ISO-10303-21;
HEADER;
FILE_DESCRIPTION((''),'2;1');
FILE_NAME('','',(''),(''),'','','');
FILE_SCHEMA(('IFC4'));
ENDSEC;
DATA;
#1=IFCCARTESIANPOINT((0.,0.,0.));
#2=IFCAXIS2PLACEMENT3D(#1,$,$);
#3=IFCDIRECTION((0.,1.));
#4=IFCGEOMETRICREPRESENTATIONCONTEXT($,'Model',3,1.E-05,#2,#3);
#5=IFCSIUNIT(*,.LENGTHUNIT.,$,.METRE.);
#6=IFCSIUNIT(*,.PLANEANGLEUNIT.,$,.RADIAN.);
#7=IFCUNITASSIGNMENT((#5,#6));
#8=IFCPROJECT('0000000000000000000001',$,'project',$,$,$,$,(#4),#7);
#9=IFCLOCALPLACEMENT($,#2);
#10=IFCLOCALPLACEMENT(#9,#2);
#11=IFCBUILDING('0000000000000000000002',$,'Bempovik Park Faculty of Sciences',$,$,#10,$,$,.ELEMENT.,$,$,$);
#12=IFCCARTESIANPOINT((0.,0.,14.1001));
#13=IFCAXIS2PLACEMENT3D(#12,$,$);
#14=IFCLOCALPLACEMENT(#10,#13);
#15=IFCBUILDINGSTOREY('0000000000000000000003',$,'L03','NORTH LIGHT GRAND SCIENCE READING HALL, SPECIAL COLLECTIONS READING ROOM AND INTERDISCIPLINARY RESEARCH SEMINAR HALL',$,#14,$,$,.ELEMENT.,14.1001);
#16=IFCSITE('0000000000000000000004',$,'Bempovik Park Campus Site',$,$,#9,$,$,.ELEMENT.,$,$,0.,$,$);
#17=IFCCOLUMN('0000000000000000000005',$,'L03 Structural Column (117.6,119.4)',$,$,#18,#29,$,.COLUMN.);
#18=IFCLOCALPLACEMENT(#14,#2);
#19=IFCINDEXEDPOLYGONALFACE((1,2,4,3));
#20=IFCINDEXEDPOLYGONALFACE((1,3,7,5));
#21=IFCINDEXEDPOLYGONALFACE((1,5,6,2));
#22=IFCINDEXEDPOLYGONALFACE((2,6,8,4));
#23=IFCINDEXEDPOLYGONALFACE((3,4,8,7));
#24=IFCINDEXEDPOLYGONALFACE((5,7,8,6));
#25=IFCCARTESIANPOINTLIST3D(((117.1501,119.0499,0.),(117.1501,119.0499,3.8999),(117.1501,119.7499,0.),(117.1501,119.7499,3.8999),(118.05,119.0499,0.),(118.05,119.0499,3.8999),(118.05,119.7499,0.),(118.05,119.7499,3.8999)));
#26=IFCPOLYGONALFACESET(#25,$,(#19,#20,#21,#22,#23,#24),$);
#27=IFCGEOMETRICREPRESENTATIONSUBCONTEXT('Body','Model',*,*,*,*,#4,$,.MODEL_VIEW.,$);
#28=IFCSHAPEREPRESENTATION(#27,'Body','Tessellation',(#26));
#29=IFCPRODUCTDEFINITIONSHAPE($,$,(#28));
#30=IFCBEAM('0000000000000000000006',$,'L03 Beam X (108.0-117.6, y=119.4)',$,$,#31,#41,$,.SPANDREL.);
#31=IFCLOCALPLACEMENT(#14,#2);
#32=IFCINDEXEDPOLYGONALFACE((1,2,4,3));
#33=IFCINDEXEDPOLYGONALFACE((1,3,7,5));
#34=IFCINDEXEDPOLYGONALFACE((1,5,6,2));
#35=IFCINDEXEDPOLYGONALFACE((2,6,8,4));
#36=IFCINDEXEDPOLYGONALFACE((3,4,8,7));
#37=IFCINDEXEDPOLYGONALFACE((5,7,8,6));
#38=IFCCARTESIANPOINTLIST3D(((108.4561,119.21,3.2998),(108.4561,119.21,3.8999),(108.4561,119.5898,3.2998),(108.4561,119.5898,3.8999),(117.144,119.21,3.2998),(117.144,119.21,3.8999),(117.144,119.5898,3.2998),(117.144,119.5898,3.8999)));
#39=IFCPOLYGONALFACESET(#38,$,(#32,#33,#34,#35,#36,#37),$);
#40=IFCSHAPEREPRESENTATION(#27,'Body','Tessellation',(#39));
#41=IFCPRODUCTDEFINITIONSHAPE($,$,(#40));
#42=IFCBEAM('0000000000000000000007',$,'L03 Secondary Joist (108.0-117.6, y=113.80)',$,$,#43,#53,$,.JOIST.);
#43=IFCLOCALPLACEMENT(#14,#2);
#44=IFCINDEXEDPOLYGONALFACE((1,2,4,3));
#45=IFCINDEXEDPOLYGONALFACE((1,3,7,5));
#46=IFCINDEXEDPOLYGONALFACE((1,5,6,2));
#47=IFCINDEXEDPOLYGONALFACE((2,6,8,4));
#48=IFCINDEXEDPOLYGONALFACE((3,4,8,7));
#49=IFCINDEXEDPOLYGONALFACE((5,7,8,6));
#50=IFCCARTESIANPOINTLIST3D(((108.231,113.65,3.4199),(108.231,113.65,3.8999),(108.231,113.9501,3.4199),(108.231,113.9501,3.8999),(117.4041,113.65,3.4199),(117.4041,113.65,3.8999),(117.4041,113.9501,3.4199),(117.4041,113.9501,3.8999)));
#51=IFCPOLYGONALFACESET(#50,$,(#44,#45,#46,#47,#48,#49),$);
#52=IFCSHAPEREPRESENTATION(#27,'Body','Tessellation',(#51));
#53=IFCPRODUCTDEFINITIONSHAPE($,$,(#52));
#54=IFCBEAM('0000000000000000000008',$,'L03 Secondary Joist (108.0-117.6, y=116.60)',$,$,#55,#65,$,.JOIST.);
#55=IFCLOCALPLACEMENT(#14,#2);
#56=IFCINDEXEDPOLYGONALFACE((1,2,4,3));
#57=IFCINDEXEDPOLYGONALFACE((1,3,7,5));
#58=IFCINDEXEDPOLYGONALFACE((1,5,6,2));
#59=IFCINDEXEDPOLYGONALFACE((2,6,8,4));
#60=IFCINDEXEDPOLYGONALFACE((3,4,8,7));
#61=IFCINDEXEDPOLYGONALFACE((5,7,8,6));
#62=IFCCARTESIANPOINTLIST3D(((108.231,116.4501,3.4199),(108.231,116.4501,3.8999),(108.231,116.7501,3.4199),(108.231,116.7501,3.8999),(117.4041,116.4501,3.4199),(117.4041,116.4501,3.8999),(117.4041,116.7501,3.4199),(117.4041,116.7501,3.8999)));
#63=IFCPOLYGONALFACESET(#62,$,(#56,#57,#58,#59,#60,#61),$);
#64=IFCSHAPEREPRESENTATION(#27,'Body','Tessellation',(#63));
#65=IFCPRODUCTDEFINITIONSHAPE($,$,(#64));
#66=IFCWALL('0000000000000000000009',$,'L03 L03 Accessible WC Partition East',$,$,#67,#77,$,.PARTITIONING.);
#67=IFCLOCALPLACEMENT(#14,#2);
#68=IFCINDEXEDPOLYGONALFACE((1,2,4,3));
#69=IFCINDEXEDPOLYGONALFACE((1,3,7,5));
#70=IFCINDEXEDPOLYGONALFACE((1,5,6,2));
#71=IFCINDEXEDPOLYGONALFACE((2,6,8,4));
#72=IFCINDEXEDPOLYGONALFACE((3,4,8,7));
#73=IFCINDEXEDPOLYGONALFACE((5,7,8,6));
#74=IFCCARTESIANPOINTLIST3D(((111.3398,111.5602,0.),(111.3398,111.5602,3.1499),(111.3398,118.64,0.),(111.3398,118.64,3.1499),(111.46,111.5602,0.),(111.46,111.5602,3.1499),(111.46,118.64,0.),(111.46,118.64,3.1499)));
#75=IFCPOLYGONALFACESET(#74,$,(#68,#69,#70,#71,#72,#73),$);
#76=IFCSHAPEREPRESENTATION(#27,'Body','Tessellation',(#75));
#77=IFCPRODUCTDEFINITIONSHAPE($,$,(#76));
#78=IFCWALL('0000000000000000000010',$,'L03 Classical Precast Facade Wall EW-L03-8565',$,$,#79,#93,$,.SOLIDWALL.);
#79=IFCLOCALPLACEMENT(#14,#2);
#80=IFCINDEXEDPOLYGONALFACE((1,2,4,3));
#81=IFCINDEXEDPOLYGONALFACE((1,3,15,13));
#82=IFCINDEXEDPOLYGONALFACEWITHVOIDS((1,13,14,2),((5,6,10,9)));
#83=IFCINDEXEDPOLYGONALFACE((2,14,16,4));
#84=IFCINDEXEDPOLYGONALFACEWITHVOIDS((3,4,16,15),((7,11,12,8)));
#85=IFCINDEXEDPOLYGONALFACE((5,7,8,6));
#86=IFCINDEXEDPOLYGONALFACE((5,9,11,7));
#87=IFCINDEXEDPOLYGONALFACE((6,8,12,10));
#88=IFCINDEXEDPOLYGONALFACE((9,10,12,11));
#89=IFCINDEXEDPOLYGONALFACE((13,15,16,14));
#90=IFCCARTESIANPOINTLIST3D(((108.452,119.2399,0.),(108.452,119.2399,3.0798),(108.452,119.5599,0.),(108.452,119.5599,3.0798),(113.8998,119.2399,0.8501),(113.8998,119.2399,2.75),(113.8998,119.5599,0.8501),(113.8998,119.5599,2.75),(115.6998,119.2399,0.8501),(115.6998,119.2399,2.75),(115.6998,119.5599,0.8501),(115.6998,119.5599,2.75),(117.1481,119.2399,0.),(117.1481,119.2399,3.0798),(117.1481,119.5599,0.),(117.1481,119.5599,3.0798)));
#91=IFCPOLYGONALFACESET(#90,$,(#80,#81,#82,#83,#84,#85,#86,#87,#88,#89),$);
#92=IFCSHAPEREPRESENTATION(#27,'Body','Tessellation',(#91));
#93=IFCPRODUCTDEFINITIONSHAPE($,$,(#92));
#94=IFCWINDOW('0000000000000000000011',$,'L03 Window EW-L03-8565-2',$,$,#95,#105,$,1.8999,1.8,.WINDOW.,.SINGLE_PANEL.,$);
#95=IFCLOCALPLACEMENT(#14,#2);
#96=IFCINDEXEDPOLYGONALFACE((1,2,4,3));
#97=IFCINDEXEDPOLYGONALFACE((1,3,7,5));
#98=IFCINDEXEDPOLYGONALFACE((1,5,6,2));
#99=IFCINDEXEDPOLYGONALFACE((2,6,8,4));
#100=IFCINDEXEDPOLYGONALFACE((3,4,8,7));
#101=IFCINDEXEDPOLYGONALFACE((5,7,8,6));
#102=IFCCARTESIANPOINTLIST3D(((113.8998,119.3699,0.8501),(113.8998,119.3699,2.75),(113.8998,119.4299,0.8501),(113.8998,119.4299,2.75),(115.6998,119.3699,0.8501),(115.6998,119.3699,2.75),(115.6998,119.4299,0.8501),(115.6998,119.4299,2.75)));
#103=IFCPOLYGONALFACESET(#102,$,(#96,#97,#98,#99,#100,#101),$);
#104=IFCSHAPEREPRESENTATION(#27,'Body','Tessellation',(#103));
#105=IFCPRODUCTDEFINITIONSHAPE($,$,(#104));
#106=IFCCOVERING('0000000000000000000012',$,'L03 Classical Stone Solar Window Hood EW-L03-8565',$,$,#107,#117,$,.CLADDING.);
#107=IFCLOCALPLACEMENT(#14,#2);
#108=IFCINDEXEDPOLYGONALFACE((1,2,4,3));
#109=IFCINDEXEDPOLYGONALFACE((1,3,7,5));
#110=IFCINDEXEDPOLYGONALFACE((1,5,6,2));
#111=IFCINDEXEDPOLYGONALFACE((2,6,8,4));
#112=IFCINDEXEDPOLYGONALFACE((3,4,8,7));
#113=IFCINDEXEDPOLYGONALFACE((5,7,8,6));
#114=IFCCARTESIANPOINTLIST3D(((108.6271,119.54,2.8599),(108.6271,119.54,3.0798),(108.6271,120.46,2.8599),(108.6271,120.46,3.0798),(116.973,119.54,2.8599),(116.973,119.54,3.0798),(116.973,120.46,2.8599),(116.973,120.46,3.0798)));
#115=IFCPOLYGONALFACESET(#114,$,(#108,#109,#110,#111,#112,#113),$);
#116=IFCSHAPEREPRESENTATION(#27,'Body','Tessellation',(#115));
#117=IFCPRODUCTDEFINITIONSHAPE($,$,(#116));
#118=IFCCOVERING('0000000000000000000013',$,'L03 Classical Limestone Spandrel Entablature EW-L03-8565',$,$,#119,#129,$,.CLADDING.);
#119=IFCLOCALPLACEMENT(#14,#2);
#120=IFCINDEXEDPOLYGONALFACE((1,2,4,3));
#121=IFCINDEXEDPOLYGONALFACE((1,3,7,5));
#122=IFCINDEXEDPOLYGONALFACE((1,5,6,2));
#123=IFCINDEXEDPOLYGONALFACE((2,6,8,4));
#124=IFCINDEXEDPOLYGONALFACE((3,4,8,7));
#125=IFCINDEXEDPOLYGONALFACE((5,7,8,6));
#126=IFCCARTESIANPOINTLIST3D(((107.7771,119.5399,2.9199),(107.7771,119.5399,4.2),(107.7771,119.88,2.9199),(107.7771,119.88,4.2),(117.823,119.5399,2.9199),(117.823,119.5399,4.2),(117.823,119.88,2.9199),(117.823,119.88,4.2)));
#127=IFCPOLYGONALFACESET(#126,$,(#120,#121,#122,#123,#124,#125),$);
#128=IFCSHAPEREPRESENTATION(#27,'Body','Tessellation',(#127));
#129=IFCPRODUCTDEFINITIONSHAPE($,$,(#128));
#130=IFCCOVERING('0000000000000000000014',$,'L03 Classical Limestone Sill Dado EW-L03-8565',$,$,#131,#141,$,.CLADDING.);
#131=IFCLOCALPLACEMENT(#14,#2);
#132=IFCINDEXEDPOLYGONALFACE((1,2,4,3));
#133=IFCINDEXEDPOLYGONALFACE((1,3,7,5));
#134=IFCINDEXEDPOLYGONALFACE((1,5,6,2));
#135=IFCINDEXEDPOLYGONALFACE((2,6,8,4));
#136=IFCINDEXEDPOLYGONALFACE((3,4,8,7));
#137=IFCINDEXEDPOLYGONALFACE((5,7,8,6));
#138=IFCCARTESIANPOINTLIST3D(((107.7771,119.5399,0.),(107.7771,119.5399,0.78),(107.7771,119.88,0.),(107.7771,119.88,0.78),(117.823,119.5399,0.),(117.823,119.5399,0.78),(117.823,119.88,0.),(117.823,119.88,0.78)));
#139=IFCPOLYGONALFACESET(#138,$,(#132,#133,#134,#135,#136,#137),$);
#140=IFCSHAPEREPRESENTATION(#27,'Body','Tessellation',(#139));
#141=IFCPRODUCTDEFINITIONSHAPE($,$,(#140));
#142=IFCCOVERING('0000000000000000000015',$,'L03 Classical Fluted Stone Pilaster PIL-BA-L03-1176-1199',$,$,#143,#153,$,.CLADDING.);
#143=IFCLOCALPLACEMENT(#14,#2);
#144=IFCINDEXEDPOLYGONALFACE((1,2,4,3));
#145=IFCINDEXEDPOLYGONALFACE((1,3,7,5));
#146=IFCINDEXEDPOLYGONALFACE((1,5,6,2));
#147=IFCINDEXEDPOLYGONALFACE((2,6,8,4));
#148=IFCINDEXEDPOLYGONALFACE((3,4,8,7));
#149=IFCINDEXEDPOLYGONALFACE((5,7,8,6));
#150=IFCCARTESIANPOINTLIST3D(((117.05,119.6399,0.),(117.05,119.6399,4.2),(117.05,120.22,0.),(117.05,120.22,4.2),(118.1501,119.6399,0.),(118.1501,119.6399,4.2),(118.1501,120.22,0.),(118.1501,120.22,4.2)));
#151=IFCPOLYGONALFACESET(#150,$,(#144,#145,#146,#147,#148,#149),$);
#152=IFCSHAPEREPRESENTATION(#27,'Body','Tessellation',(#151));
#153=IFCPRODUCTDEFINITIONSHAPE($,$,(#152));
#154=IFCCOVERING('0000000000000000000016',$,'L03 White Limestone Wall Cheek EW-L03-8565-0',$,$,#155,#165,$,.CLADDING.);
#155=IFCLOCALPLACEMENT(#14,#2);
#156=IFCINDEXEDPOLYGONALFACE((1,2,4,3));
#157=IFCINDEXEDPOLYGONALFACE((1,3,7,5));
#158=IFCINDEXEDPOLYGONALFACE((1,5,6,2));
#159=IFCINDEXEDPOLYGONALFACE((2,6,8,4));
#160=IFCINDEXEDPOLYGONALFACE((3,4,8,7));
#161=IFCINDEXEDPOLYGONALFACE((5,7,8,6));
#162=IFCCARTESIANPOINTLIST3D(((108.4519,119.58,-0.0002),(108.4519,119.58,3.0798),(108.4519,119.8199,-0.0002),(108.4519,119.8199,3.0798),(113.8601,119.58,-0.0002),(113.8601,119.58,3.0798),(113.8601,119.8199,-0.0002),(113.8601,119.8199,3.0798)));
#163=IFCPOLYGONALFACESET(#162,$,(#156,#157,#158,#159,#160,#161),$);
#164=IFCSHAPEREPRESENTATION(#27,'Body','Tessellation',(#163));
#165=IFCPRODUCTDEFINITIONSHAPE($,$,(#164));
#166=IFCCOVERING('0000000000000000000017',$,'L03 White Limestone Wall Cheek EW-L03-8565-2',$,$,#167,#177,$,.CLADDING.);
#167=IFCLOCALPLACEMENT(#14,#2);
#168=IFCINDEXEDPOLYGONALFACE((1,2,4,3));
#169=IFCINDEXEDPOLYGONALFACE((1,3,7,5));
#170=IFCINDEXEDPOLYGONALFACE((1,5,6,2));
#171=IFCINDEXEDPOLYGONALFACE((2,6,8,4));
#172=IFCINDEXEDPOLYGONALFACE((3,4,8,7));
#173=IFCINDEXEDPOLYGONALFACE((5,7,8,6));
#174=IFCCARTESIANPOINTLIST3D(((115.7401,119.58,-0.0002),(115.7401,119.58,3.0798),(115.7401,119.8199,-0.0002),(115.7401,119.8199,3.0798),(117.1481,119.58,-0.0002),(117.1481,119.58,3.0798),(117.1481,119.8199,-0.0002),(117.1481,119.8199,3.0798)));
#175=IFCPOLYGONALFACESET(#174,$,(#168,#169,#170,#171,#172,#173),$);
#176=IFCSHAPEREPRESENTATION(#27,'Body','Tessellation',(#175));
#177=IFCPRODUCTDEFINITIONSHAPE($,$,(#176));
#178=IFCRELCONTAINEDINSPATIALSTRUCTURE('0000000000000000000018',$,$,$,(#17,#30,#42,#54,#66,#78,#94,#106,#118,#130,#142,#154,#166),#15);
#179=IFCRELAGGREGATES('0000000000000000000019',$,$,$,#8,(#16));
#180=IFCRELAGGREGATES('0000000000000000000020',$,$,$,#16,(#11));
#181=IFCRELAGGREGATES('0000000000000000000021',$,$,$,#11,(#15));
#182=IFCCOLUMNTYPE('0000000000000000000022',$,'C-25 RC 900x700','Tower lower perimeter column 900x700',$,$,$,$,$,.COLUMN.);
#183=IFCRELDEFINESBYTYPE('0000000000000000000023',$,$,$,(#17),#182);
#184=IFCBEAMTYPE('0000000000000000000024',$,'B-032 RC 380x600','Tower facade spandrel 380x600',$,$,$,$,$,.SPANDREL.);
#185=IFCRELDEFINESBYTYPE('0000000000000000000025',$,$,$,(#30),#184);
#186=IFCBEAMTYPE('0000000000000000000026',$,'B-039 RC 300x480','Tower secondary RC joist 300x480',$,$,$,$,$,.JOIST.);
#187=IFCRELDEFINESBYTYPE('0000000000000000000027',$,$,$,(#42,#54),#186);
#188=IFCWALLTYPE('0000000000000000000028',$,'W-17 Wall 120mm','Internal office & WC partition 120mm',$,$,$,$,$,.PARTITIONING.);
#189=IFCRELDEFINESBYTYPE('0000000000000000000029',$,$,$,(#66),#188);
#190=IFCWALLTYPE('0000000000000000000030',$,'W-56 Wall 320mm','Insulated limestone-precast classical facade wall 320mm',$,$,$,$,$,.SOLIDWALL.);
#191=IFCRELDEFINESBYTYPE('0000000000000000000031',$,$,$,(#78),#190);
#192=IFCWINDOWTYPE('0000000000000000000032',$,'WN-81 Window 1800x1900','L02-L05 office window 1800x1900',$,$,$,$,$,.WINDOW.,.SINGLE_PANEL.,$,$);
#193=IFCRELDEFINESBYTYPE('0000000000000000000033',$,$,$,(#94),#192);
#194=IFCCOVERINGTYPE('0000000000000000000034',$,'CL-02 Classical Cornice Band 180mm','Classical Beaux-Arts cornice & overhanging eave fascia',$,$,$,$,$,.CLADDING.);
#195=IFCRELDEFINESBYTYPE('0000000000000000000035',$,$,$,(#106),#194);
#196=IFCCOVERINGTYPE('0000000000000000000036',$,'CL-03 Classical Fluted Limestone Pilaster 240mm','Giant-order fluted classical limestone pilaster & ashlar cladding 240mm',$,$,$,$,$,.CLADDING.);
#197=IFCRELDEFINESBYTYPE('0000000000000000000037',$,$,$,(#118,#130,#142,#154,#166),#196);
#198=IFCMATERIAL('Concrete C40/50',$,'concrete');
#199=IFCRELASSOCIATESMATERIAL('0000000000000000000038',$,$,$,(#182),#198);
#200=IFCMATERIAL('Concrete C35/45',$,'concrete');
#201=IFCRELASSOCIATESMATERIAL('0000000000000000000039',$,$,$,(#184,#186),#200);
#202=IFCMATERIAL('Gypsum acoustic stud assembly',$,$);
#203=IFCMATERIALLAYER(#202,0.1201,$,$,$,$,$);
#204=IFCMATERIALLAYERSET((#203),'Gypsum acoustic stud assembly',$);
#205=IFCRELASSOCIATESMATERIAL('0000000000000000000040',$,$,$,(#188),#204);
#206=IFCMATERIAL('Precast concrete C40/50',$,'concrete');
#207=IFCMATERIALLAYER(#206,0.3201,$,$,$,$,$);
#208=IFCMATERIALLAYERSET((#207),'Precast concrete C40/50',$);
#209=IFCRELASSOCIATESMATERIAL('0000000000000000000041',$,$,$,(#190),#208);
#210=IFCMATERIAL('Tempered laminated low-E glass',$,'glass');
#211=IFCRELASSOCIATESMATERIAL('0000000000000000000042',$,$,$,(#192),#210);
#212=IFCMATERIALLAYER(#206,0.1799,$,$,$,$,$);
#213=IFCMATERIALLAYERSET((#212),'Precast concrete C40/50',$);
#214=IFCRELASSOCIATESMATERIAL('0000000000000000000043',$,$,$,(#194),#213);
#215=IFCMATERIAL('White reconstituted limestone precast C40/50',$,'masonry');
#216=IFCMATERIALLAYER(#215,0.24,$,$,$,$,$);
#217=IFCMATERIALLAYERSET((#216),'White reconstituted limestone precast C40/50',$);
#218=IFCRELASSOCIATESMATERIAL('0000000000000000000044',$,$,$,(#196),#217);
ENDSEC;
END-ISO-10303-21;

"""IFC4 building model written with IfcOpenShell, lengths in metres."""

from ifc_helpers import new_model, si_unit, direction, frame, frame_2d, origin, origin_2d, place, context, subcontext, project, spatial, rectangle, extrude, material, layer, layer_set, material_profile, profile_set, type_object, element, fill, save


model = new_model("IFC4")

# Units and contexts
model_context = context("Model", 3, precision=1e-05, world=origin(), true_north=direction((0.0, 1.0)))
body_context = subcontext(model_context, "Body", "Model", "MODEL_VIEW")
ifc_project = project(units=[si_unit("LENGTHUNIT", "METRE"), si_unit("PLANEANGLEUNIT", "RADIAN")], contexts=[model_context])

# Site, building, storey
site_placement = place(None, origin())
site = spatial("IfcSite", under=ifc_project, at=site_placement, Name="Bempovik Park Campus Site", CompositionType="ELEMENT", RefElevation=0.0)
building_placement = place(site_placement, origin())
building = spatial("IfcBuilding", under=site, at=building_placement, Name="Bempovik Park Faculty of Sciences", CompositionType="ELEMENT")
storey_placement = place(building_placement, frame((0.0, 0.0, 14.1001)))
storey = spatial("IfcBuildingStorey", under=building, at=storey_placement, Name="L03", Description="NORTH LIGHT GRAND SCIENCE READING HALL, SPECIAL COLLECTIONS READING ROOM AND INTERDISCIPLINARY RESEARCH SEMINAR HALL", CompositionType="ELEMENT", Elevation=14.1001)

# Column
ifc_material_1 = material(Name="Concrete C40/50", Category="concrete")
ifc_material_profile_1 = material_profile(ifc_material_1, rectangle(XDim=0.8999, YDim=0.7, at=origin_2d()), Name="RC 900x700")
ifc_profile_set_1 = profile_set([ifc_material_profile_1], Name="Concrete C40/50")
column_type = type_object("IfcColumnType", Name="C-25 RC 900x700", Description="Tower lower perimeter column 900x700", PredefinedType="COLUMN", material=ifc_profile_set_1)
column_placement = place(storey_placement, frame((117.6001, 119.3999, 0.0), z_axis=(0.0, 0.0, 1.0), x_axis=(1.0, 0.0, 0.0)))
element("IfcColumn", 1, at=column_placement, inside=storey, type_object=column_type, Name="L03 Structural Column (117.6,119.4)", PredefinedType="COLUMN", context=body_context, shape_type="SweptSolid", body=[
    extrude(rectangle(XDim=0.8999, YDim=0.7, at=origin_2d()), origin(), (0.0, 0.0, 1.0), 3.8999),
])

# Beams
ifc_material_2 = material(Name="Concrete C35/45", Category="concrete")
ifc_material_profile_2 = material_profile(ifc_material_2, rectangle(XDim=0.3799, YDim=0.6001, at=origin_2d()), Name="RC 380x600")
ifc_profile_set_2 = profile_set([ifc_material_profile_2], Name="Concrete C35/45")
beam_type_1 = type_object("IfcBeamType", Name="B-032 RC 380x600", Description="Tower facade spandrel 380x600", PredefinedType="SPANDREL", material=ifc_profile_set_2)
beam_placement = place(storey_placement, frame((108.4561, 119.3999, 3.5999), z_axis=(1.0, 0.0, 0.0), x_axis=(0.0, 1.0, 0.0)))
element("IfcBeam", 2, at=beam_placement, inside=storey, type_object=beam_type_1, Name="L03 Beam X (108.0-117.6, y=119.4)", PredefinedType="SPANDREL", context=body_context, shape_type="SweptSolid", body=[
    extrude(rectangle(XDim=0.3799, YDim=0.6001, at=origin_2d()), origin(), (0.0, 0.0, 1.0), 8.688),
])
ifc_material_profile_3 = material_profile(ifc_material_2, rectangle(XDim=0.3, YDim=0.48, at=origin_2d()), Name="RC 300x480")
ifc_profile_set_3 = profile_set([ifc_material_profile_3], Name="Concrete C35/45")
beam_type_2 = type_object("IfcBeamType", Name="B-039 RC 300x480", Description="Tower secondary RC joist 300x480", PredefinedType="JOIST", material=ifc_profile_set_3)
for number, where, z_axis, x_axis, name in (
    (3, (108.231, 113.8, 3.6599), (1.0, 0.0, 0.0), (0.0, 1.0, 0.0), "L03 Secondary Joist (108.0-117.6, y=113.80)"),
    (4, (108.231, 116.6001, 3.6599), (1.0, 0.0, 0.0), (0.0, 1.0, 0.0), "L03 Secondary Joist (108.0-117.6, y=116.60)"),
):
    element("IfcBeam", number, at=place(storey_placement, frame(where, z_axis=z_axis, x_axis=x_axis)), inside=storey, type_object=beam_type_2, Name=name, PredefinedType="JOIST", context=body_context, shape_type="SweptSolid", body=[
        extrude(rectangle(XDim=0.3, YDim=0.48, at=origin_2d()), origin(), (0.0, 0.0, 1.0), 9.1731),
    ])

# Wall
ifc_material_3 = material(Name="Gypsum acoustic stud assembly")
ifc_layer_1 = layer(ifc_material_3, 0.1201)
ifc_layer_set_1 = layer_set([ifc_layer_1], Name="Gypsum acoustic stud assembly")
wall_type_1 = type_object("IfcWallType", Name="W-17 Wall 120mm", Description="Internal office & WC partition 120mm", PredefinedType="PARTITIONING", material=ifc_layer_set_1)
wall_1_placement = place(storey_placement, frame((111.3999, 111.5601, 0.0), z_axis=(0.0, 0.0, 1.0), x_axis=(0.0, 1.0, 0.0)))
element("IfcWall", 5, at=wall_1_placement, inside=storey, type_object=wall_type_1, Name="L03 L03 Accessible WC Partition East", PredefinedType="PARTITIONING", context=body_context, shape_type="SweptSolid", body=[
    extrude(rectangle(XDim=7.0798, YDim=0.1201, at=frame_2d((3.54, 0.0))), origin(), (0.0, 0.0, 1.0), 3.1499),
])

# Wall, opening, window
ifc_material_4 = material(Name="Precast concrete C40/50", Category="concrete")
ifc_layer_2 = layer(ifc_material_4, 0.3201)
ifc_layer_set_2 = layer_set([ifc_layer_2], Name="Precast concrete C40/50")
wall_type_2 = type_object("IfcWallType", Name="W-56 Wall 320mm", Description="Insulated limestone-precast classical facade wall 320mm", PredefinedType="SOLIDWALL", material=ifc_layer_set_2)
wall_2_placement = place(storey_placement, frame((108.4519, 119.3999, 0.0), z_axis=(0.0, 0.0, 1.0), x_axis=(1.0, 0.0, 0.0)))
wall_2 = element("IfcWall", 6, at=wall_2_placement, inside=storey, type_object=wall_type_2, Name="L03 Classical Precast Facade Wall EW-L03-8565", PredefinedType="SOLIDWALL", context=body_context, shape_type="SweptSolid", body=[
    extrude(rectangle(XDim=8.696, YDim=0.3201, at=frame_2d((4.3481, 0.0))), origin(), (0.0, 0.0, 1.0), 3.0798),
])
opening_placement = place(wall_2_placement, frame((5.448, 0.0, 0.8501)))
opening = element("IfcOpeningElement", 7, at=opening_placement, cuts=wall_2, PredefinedType="OPENING", context=body_context, shape_type="SweptSolid", body=[
    extrude(rectangle(XDim=1.8, YDim=1.8999, at=frame_2d((0.8999, 0.95))), frame((0.0, 0.1699, 0.0), z_axis=(0.0, -1.0, 0.0), x_axis=(1.0, 0.0, 0.0)), (0.0, 0.0, 1.0), 0.3401),
])
ifc_material_5 = material(Name="Tempered laminated low-E glass", Category="glass")
window_type = type_object("IfcWindowType", Name="WN-81 Window 1800x1900", Description="L02-L05 office window 1800x1900", PartitioningType="SINGLE_PANEL", PredefinedType="WINDOW", material=ifc_material_5)
window_placement = place(opening_placement, origin())
window = element("IfcWindow", 8, at=window_placement, inside=storey, type_object=window_type, Name="L03 Window EW-L03-8565-2", OverallHeight=1.8999, OverallWidth=1.8, PartitioningType="SINGLE_PANEL", PredefinedType="WINDOW", context=body_context, shape_type="SweptSolid", body=[
    extrude(rectangle(XDim=1.8, YDim=1.8999, at=frame_2d((0.8999, 0.95))), frame((0.0, 0.03, 0.0), z_axis=(0.0, -1.0, 0.0), x_axis=(1.0, 0.0, 0.0)), (0.0, 0.0, 1.0), 0.0601),
])
fill(opening, window)

# Coverings
ifc_layer_3 = layer(ifc_material_4, 0.1799)
ifc_layer_set_3 = layer_set([ifc_layer_3], Name="Precast concrete C40/50")
covering_type_1 = type_object("IfcCoveringType", Name="CL-02 Classical Cornice Band 180mm", Description="Classical Beaux-Arts cornice & overhanging eave fascia", PredefinedType="CLADDING", material=ifc_layer_set_3)
covering_1_placement = place(storey_placement, frame((112.8, 120.0, 2.8599), z_axis=(0.0, 0.0, 1.0), x_axis=(1.0, 0.0, 0.0)))
element("IfcCovering", 9, at=covering_1_placement, inside=storey, type_object=covering_type_1, Name="L03 Classical Stone Solar Window Hood EW-L03-8565", PredefinedType="CLADDING", context=body_context, shape_type="SweptSolid", body=[
    extrude(rectangle(XDim=8.3459, YDim=0.9199, at=origin_2d()), origin(), (0.0, 0.0, 1.0), 0.22),
])
ifc_material_6 = material(Name="White reconstituted limestone precast C40/50", Category="masonry")
ifc_layer_4 = layer(ifc_material_6, 0.24)
ifc_layer_set_4 = layer_set([ifc_layer_4], Name="White reconstituted limestone precast C40/50")
covering_type_2 = type_object("IfcCoveringType", Name="CL-03 Classical Fluted Limestone Pilaster 240mm", Description="Giant-order fluted classical limestone pilaster & ashlar cladding 240mm", PredefinedType="CLADDING", material=ifc_layer_set_4)
covering_2_placement = place(storey_placement, frame((112.8, 119.71, 2.9199), z_axis=(0.0, 0.0, 1.0), x_axis=(1.0, 0.0, 0.0)))
element("IfcCovering", 10, at=covering_2_placement, inside=storey, type_object=covering_type_2, Name="L03 Classical Limestone Spandrel Entablature EW-L03-8565", PredefinedType="CLADDING", context=body_context, shape_type="SweptSolid", body=[
    extrude(rectangle(XDim=10.0459, YDim=0.3401, at=origin_2d()), origin(), (0.0, 0.0, 1.0), 1.28),
])
covering_3_placement = place(storey_placement, frame((112.8, 119.71, 0.0), z_axis=(0.0, 0.0, 1.0), x_axis=(1.0, 0.0, 0.0)))
element("IfcCovering", 11, at=covering_3_placement, inside=storey, type_object=covering_type_2, Name="L03 Classical Limestone Sill Dado EW-L03-8565", PredefinedType="CLADDING", context=body_context, shape_type="SweptSolid", body=[
    extrude(rectangle(XDim=10.0459, YDim=0.3401, at=origin_2d()), origin(), (0.0, 0.0, 1.0), 0.78),
])
covering_4_placement = place(storey_placement, frame((117.6001, 119.9299, 0.0), z_axis=(0.0, 0.0, 1.0), x_axis=(1.0, 0.0, 0.0)))
element("IfcCovering", 12, at=covering_4_placement, inside=storey, type_object=covering_type_2, Name="L03 Classical Fluted Stone Pilaster PIL-BA-L03-1176-1199", PredefinedType="CLADDING", context=body_context, shape_type="SweptSolid", body=[
    extrude(rectangle(XDim=1.1001, YDim=0.5801, at=origin_2d()), origin(), (0.0, 0.0, 1.0), 4.2),
])
covering_5_placement = place(storey_placement, frame((111.156, 119.7, -0.0002), z_axis=(0.0, 0.0, 1.0), x_axis=(1.0, 0.0, 0.0)))
element("IfcCovering", 13, at=covering_5_placement, inside=storey, type_object=covering_type_2, Name="L03 White Limestone Wall Cheek EW-L03-8565-0", PredefinedType="CLADDING", context=body_context, shape_type="SweptSolid", body=[
    extrude(rectangle(XDim=5.4082, YDim=0.24, at=origin_2d()), origin(), (0.0, 0.0, 1.0), 3.0801),
])
covering_6_placement = place(storey_placement, frame((116.4441, 119.7, -0.0002), z_axis=(0.0, 0.0, 1.0), x_axis=(1.0, 0.0, 0.0)))
element("IfcCovering", 14, at=covering_6_placement, inside=storey, type_object=covering_type_2, Name="L03 White Limestone Wall Cheek EW-L03-8565-2", PredefinedType="CLADDING", context=body_context, shape_type="SweptSolid", body=[
    extrude(rectangle(XDim=1.408, YDim=0.24, at=origin_2d()), origin(), (0.0, 0.0, 1.0), 3.0801),
])

save(model, "model.ifc")
